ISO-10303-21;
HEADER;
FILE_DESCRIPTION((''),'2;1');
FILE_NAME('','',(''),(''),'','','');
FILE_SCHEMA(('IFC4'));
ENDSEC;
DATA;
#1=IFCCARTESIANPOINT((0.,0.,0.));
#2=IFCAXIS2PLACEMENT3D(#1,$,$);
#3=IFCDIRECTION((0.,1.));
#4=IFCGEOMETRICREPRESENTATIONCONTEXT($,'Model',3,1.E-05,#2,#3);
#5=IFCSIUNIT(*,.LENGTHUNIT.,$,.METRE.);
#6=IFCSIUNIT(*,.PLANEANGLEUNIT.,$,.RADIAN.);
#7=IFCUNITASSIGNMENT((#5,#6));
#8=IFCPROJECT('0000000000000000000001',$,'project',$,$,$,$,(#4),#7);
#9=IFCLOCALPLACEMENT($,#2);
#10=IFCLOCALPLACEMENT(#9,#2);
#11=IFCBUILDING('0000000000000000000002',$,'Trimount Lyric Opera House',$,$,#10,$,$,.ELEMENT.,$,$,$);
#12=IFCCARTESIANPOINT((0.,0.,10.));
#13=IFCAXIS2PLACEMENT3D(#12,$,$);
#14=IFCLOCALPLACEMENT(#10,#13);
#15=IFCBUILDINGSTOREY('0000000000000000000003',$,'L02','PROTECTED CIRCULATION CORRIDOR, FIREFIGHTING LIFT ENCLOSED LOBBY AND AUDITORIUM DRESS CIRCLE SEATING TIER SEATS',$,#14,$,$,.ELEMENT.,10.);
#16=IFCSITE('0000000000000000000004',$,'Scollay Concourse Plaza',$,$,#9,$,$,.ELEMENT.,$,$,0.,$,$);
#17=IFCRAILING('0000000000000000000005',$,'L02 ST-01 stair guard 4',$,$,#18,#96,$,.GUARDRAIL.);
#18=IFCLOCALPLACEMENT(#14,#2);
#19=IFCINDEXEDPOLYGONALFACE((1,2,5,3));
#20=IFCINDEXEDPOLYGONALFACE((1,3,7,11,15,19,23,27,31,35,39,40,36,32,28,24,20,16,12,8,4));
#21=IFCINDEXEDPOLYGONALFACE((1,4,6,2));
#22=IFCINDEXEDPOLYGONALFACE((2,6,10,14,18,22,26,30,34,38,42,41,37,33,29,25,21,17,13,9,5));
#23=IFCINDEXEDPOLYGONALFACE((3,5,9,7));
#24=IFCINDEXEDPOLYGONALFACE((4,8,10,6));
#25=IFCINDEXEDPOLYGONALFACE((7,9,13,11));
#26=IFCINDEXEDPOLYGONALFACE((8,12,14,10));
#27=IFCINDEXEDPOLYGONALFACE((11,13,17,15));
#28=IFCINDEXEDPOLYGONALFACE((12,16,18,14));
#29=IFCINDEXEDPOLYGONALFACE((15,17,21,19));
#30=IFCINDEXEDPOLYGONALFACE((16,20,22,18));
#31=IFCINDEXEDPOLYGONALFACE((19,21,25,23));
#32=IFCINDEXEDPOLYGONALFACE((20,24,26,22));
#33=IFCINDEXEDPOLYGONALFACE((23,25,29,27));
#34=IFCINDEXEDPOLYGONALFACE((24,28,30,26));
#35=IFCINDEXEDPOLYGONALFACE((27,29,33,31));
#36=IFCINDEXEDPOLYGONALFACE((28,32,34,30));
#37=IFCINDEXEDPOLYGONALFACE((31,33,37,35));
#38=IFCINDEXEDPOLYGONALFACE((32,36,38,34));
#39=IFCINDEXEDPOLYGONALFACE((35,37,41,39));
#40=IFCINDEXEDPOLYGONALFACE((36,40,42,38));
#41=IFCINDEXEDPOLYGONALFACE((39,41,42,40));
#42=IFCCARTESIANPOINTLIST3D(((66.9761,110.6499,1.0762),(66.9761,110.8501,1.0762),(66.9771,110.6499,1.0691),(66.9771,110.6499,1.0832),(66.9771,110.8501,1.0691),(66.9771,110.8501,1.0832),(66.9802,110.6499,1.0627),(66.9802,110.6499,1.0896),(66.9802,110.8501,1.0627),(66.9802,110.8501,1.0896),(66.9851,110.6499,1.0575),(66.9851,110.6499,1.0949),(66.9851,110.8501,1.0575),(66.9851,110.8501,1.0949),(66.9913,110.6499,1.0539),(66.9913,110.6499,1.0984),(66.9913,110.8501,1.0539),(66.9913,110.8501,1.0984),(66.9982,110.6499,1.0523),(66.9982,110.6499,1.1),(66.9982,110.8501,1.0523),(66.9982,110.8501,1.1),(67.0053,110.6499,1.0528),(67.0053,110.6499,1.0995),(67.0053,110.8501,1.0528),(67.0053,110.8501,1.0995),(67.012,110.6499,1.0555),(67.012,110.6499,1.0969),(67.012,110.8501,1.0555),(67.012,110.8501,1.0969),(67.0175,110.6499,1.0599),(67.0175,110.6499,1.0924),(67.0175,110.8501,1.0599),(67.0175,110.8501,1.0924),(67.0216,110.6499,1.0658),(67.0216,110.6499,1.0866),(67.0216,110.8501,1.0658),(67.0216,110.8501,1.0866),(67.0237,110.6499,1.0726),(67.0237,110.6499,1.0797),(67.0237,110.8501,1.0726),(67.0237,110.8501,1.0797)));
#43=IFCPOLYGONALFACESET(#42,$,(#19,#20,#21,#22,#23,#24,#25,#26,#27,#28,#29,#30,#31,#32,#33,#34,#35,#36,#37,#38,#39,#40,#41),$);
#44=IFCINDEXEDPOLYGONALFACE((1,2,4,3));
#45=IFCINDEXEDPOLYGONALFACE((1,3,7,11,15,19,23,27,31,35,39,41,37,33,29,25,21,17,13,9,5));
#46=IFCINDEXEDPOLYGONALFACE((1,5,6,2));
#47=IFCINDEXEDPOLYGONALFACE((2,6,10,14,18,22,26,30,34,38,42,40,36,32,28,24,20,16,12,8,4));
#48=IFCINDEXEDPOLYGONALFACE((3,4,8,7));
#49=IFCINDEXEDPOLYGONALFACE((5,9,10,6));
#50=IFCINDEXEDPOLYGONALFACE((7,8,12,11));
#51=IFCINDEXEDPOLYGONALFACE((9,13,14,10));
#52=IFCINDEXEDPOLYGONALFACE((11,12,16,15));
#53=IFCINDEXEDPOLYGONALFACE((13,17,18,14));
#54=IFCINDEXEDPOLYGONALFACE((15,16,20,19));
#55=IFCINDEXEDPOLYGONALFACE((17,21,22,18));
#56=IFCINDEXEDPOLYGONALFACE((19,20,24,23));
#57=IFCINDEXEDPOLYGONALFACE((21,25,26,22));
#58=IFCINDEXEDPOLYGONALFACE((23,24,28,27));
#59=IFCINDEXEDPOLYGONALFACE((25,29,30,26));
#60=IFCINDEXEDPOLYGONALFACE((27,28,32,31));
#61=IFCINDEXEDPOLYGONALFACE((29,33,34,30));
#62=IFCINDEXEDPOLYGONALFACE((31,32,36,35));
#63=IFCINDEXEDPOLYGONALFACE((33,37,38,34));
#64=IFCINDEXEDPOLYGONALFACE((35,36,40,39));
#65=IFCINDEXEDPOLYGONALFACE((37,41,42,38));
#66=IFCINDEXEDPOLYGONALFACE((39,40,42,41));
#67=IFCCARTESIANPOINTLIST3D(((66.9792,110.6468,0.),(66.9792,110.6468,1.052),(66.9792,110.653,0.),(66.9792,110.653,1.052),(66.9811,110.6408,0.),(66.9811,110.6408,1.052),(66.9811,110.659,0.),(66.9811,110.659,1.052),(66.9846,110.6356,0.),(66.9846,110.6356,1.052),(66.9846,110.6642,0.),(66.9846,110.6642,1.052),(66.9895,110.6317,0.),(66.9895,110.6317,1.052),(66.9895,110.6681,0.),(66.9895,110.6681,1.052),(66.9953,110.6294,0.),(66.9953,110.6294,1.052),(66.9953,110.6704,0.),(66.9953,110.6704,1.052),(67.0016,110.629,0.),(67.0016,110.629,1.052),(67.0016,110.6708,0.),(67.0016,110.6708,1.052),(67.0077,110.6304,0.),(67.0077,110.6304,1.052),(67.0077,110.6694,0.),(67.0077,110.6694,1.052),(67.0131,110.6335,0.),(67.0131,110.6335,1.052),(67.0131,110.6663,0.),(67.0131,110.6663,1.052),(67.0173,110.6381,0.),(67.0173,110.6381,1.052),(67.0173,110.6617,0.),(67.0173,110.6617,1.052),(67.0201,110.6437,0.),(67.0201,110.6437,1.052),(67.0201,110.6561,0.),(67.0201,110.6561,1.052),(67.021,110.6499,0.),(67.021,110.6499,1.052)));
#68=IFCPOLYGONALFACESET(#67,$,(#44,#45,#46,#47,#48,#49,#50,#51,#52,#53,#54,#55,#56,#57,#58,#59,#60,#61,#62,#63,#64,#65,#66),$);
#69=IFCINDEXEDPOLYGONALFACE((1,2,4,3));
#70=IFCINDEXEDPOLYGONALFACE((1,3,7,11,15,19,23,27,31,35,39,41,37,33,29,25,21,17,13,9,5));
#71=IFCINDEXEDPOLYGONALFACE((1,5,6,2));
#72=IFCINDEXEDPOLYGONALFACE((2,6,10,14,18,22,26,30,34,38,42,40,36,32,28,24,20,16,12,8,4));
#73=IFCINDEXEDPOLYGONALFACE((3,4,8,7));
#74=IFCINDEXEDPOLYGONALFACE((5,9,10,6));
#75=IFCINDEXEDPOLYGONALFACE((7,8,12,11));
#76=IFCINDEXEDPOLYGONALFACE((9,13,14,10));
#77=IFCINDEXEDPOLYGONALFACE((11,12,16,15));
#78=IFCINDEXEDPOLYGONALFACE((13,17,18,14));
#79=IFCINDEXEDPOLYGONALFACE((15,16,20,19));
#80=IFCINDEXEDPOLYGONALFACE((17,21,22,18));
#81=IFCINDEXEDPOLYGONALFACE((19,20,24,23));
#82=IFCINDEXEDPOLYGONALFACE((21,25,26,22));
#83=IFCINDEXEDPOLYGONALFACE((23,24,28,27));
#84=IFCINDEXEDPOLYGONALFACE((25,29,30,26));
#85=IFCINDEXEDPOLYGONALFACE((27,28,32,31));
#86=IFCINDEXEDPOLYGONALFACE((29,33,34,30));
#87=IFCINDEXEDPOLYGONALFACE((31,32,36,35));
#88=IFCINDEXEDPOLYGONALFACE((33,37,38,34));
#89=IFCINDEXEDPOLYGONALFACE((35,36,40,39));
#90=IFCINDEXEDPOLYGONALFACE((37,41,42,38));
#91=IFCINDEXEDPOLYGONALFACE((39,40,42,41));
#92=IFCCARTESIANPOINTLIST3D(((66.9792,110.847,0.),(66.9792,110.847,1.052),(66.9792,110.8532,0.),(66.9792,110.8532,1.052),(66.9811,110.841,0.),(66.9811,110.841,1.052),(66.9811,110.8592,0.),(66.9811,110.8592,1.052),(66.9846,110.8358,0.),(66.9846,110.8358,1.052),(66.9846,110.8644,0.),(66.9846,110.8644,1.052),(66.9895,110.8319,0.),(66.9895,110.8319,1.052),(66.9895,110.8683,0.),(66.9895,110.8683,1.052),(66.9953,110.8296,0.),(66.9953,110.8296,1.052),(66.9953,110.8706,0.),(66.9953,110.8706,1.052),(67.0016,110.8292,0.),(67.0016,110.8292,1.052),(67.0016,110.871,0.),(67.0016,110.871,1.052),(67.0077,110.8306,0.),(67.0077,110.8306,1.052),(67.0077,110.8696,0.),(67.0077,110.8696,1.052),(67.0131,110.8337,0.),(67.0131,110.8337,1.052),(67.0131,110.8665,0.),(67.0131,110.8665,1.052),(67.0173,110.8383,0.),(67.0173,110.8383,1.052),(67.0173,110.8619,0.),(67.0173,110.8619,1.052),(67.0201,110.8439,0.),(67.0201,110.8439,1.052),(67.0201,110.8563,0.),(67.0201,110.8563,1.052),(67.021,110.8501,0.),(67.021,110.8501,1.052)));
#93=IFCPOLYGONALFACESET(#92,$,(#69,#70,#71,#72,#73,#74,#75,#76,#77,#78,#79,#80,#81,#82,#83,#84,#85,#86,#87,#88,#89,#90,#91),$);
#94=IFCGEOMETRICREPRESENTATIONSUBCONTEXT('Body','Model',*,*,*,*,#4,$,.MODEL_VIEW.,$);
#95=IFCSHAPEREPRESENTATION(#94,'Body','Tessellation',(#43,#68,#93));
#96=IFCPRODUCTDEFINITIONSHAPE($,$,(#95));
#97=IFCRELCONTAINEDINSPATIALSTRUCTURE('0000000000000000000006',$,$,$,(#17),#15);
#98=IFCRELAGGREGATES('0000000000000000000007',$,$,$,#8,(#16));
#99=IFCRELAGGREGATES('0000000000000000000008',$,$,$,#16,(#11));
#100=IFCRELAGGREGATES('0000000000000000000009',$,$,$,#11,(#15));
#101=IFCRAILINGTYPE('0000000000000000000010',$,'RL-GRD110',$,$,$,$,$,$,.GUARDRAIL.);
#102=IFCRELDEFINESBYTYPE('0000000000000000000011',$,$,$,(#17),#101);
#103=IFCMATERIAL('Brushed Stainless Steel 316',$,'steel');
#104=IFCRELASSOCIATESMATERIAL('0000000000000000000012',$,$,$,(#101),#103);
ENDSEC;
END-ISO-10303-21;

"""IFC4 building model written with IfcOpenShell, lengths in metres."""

from ifc_helpers import new_model, si_unit, direction, frame, origin, origin_2d, place, context, subcontext, project, spatial, circle, extrude, material, type_object, element, save


model = new_model("IFC4")

# Units and contexts
model_context = context("Model", 3, precision=1e-05, world=origin(), true_north=direction((0.0, 1.0)))
body_context = subcontext(model_context, "Body", "Model", "MODEL_VIEW")
ifc_project = project(units=[si_unit("LENGTHUNIT", "METRE"), si_unit("PLANEANGLEUNIT", "RADIAN")], contexts=[model_context])

# Site, building, storey
site_placement = place(None, origin())
site = spatial("IfcSite", under=ifc_project, at=site_placement, Name="Scollay Concourse Plaza", CompositionType="ELEMENT", RefElevation=0.0)
building_placement = place(site_placement, origin())
building = spatial("IfcBuilding", under=site, at=building_placement, Name="Trimount Lyric Opera House", CompositionType="ELEMENT")
storey_placement = place(building_placement, frame((0.0, 0.0, 10.0)))
storey = spatial("IfcBuildingStorey", under=building, at=storey_placement, Name="L02", Description="PROTECTED CIRCULATION CORRIDOR, FIREFIGHTING LIFT ENCLOSED LOBBY AND AUDITORIUM DRESS CIRCLE SEATING TIER SEATS", CompositionType="ELEMENT", Elevation=10.0)

# Railing
ifc_material_1 = material(Name="Brushed Stainless Steel 316", Category="steel")
railing_type_1 = type_object("IfcRailingType", Name="RL-GRD110", PredefinedType="GUARDRAIL", material=ifc_material_1)
railing_1_placement = place(storey_placement, frame((67.0, 110.6499, 0.0)))
element("IfcRailing", 1, at=railing_1_placement, inside=storey, type_object=railing_type_1, Name="L02 ST-01 stair guard 4", PredefinedType="GUARDRAIL", context=body_context, shape_type="SweptSolid", body=[
    extrude(circle(Radius=0.0239, at=origin_2d()), frame((0.0, 0.0, 1.0762), z_axis=(0.0, 1.0, 0.0), x_axis=(-1.0, 0.0, 0.0)), (0.0, 0.0, 1.0), 0.2002),
    extrude(circle(Radius=0.021, at=origin_2d()), origin(), (0.0, 0.0, 1.0), 1.052),
    extrude(circle(Radius=0.021, at=origin_2d()), frame((0.0, 0.2002, 0.0)), (0.0, 0.0, 1.0), 1.052),
])

save(model, "model.ifc")
